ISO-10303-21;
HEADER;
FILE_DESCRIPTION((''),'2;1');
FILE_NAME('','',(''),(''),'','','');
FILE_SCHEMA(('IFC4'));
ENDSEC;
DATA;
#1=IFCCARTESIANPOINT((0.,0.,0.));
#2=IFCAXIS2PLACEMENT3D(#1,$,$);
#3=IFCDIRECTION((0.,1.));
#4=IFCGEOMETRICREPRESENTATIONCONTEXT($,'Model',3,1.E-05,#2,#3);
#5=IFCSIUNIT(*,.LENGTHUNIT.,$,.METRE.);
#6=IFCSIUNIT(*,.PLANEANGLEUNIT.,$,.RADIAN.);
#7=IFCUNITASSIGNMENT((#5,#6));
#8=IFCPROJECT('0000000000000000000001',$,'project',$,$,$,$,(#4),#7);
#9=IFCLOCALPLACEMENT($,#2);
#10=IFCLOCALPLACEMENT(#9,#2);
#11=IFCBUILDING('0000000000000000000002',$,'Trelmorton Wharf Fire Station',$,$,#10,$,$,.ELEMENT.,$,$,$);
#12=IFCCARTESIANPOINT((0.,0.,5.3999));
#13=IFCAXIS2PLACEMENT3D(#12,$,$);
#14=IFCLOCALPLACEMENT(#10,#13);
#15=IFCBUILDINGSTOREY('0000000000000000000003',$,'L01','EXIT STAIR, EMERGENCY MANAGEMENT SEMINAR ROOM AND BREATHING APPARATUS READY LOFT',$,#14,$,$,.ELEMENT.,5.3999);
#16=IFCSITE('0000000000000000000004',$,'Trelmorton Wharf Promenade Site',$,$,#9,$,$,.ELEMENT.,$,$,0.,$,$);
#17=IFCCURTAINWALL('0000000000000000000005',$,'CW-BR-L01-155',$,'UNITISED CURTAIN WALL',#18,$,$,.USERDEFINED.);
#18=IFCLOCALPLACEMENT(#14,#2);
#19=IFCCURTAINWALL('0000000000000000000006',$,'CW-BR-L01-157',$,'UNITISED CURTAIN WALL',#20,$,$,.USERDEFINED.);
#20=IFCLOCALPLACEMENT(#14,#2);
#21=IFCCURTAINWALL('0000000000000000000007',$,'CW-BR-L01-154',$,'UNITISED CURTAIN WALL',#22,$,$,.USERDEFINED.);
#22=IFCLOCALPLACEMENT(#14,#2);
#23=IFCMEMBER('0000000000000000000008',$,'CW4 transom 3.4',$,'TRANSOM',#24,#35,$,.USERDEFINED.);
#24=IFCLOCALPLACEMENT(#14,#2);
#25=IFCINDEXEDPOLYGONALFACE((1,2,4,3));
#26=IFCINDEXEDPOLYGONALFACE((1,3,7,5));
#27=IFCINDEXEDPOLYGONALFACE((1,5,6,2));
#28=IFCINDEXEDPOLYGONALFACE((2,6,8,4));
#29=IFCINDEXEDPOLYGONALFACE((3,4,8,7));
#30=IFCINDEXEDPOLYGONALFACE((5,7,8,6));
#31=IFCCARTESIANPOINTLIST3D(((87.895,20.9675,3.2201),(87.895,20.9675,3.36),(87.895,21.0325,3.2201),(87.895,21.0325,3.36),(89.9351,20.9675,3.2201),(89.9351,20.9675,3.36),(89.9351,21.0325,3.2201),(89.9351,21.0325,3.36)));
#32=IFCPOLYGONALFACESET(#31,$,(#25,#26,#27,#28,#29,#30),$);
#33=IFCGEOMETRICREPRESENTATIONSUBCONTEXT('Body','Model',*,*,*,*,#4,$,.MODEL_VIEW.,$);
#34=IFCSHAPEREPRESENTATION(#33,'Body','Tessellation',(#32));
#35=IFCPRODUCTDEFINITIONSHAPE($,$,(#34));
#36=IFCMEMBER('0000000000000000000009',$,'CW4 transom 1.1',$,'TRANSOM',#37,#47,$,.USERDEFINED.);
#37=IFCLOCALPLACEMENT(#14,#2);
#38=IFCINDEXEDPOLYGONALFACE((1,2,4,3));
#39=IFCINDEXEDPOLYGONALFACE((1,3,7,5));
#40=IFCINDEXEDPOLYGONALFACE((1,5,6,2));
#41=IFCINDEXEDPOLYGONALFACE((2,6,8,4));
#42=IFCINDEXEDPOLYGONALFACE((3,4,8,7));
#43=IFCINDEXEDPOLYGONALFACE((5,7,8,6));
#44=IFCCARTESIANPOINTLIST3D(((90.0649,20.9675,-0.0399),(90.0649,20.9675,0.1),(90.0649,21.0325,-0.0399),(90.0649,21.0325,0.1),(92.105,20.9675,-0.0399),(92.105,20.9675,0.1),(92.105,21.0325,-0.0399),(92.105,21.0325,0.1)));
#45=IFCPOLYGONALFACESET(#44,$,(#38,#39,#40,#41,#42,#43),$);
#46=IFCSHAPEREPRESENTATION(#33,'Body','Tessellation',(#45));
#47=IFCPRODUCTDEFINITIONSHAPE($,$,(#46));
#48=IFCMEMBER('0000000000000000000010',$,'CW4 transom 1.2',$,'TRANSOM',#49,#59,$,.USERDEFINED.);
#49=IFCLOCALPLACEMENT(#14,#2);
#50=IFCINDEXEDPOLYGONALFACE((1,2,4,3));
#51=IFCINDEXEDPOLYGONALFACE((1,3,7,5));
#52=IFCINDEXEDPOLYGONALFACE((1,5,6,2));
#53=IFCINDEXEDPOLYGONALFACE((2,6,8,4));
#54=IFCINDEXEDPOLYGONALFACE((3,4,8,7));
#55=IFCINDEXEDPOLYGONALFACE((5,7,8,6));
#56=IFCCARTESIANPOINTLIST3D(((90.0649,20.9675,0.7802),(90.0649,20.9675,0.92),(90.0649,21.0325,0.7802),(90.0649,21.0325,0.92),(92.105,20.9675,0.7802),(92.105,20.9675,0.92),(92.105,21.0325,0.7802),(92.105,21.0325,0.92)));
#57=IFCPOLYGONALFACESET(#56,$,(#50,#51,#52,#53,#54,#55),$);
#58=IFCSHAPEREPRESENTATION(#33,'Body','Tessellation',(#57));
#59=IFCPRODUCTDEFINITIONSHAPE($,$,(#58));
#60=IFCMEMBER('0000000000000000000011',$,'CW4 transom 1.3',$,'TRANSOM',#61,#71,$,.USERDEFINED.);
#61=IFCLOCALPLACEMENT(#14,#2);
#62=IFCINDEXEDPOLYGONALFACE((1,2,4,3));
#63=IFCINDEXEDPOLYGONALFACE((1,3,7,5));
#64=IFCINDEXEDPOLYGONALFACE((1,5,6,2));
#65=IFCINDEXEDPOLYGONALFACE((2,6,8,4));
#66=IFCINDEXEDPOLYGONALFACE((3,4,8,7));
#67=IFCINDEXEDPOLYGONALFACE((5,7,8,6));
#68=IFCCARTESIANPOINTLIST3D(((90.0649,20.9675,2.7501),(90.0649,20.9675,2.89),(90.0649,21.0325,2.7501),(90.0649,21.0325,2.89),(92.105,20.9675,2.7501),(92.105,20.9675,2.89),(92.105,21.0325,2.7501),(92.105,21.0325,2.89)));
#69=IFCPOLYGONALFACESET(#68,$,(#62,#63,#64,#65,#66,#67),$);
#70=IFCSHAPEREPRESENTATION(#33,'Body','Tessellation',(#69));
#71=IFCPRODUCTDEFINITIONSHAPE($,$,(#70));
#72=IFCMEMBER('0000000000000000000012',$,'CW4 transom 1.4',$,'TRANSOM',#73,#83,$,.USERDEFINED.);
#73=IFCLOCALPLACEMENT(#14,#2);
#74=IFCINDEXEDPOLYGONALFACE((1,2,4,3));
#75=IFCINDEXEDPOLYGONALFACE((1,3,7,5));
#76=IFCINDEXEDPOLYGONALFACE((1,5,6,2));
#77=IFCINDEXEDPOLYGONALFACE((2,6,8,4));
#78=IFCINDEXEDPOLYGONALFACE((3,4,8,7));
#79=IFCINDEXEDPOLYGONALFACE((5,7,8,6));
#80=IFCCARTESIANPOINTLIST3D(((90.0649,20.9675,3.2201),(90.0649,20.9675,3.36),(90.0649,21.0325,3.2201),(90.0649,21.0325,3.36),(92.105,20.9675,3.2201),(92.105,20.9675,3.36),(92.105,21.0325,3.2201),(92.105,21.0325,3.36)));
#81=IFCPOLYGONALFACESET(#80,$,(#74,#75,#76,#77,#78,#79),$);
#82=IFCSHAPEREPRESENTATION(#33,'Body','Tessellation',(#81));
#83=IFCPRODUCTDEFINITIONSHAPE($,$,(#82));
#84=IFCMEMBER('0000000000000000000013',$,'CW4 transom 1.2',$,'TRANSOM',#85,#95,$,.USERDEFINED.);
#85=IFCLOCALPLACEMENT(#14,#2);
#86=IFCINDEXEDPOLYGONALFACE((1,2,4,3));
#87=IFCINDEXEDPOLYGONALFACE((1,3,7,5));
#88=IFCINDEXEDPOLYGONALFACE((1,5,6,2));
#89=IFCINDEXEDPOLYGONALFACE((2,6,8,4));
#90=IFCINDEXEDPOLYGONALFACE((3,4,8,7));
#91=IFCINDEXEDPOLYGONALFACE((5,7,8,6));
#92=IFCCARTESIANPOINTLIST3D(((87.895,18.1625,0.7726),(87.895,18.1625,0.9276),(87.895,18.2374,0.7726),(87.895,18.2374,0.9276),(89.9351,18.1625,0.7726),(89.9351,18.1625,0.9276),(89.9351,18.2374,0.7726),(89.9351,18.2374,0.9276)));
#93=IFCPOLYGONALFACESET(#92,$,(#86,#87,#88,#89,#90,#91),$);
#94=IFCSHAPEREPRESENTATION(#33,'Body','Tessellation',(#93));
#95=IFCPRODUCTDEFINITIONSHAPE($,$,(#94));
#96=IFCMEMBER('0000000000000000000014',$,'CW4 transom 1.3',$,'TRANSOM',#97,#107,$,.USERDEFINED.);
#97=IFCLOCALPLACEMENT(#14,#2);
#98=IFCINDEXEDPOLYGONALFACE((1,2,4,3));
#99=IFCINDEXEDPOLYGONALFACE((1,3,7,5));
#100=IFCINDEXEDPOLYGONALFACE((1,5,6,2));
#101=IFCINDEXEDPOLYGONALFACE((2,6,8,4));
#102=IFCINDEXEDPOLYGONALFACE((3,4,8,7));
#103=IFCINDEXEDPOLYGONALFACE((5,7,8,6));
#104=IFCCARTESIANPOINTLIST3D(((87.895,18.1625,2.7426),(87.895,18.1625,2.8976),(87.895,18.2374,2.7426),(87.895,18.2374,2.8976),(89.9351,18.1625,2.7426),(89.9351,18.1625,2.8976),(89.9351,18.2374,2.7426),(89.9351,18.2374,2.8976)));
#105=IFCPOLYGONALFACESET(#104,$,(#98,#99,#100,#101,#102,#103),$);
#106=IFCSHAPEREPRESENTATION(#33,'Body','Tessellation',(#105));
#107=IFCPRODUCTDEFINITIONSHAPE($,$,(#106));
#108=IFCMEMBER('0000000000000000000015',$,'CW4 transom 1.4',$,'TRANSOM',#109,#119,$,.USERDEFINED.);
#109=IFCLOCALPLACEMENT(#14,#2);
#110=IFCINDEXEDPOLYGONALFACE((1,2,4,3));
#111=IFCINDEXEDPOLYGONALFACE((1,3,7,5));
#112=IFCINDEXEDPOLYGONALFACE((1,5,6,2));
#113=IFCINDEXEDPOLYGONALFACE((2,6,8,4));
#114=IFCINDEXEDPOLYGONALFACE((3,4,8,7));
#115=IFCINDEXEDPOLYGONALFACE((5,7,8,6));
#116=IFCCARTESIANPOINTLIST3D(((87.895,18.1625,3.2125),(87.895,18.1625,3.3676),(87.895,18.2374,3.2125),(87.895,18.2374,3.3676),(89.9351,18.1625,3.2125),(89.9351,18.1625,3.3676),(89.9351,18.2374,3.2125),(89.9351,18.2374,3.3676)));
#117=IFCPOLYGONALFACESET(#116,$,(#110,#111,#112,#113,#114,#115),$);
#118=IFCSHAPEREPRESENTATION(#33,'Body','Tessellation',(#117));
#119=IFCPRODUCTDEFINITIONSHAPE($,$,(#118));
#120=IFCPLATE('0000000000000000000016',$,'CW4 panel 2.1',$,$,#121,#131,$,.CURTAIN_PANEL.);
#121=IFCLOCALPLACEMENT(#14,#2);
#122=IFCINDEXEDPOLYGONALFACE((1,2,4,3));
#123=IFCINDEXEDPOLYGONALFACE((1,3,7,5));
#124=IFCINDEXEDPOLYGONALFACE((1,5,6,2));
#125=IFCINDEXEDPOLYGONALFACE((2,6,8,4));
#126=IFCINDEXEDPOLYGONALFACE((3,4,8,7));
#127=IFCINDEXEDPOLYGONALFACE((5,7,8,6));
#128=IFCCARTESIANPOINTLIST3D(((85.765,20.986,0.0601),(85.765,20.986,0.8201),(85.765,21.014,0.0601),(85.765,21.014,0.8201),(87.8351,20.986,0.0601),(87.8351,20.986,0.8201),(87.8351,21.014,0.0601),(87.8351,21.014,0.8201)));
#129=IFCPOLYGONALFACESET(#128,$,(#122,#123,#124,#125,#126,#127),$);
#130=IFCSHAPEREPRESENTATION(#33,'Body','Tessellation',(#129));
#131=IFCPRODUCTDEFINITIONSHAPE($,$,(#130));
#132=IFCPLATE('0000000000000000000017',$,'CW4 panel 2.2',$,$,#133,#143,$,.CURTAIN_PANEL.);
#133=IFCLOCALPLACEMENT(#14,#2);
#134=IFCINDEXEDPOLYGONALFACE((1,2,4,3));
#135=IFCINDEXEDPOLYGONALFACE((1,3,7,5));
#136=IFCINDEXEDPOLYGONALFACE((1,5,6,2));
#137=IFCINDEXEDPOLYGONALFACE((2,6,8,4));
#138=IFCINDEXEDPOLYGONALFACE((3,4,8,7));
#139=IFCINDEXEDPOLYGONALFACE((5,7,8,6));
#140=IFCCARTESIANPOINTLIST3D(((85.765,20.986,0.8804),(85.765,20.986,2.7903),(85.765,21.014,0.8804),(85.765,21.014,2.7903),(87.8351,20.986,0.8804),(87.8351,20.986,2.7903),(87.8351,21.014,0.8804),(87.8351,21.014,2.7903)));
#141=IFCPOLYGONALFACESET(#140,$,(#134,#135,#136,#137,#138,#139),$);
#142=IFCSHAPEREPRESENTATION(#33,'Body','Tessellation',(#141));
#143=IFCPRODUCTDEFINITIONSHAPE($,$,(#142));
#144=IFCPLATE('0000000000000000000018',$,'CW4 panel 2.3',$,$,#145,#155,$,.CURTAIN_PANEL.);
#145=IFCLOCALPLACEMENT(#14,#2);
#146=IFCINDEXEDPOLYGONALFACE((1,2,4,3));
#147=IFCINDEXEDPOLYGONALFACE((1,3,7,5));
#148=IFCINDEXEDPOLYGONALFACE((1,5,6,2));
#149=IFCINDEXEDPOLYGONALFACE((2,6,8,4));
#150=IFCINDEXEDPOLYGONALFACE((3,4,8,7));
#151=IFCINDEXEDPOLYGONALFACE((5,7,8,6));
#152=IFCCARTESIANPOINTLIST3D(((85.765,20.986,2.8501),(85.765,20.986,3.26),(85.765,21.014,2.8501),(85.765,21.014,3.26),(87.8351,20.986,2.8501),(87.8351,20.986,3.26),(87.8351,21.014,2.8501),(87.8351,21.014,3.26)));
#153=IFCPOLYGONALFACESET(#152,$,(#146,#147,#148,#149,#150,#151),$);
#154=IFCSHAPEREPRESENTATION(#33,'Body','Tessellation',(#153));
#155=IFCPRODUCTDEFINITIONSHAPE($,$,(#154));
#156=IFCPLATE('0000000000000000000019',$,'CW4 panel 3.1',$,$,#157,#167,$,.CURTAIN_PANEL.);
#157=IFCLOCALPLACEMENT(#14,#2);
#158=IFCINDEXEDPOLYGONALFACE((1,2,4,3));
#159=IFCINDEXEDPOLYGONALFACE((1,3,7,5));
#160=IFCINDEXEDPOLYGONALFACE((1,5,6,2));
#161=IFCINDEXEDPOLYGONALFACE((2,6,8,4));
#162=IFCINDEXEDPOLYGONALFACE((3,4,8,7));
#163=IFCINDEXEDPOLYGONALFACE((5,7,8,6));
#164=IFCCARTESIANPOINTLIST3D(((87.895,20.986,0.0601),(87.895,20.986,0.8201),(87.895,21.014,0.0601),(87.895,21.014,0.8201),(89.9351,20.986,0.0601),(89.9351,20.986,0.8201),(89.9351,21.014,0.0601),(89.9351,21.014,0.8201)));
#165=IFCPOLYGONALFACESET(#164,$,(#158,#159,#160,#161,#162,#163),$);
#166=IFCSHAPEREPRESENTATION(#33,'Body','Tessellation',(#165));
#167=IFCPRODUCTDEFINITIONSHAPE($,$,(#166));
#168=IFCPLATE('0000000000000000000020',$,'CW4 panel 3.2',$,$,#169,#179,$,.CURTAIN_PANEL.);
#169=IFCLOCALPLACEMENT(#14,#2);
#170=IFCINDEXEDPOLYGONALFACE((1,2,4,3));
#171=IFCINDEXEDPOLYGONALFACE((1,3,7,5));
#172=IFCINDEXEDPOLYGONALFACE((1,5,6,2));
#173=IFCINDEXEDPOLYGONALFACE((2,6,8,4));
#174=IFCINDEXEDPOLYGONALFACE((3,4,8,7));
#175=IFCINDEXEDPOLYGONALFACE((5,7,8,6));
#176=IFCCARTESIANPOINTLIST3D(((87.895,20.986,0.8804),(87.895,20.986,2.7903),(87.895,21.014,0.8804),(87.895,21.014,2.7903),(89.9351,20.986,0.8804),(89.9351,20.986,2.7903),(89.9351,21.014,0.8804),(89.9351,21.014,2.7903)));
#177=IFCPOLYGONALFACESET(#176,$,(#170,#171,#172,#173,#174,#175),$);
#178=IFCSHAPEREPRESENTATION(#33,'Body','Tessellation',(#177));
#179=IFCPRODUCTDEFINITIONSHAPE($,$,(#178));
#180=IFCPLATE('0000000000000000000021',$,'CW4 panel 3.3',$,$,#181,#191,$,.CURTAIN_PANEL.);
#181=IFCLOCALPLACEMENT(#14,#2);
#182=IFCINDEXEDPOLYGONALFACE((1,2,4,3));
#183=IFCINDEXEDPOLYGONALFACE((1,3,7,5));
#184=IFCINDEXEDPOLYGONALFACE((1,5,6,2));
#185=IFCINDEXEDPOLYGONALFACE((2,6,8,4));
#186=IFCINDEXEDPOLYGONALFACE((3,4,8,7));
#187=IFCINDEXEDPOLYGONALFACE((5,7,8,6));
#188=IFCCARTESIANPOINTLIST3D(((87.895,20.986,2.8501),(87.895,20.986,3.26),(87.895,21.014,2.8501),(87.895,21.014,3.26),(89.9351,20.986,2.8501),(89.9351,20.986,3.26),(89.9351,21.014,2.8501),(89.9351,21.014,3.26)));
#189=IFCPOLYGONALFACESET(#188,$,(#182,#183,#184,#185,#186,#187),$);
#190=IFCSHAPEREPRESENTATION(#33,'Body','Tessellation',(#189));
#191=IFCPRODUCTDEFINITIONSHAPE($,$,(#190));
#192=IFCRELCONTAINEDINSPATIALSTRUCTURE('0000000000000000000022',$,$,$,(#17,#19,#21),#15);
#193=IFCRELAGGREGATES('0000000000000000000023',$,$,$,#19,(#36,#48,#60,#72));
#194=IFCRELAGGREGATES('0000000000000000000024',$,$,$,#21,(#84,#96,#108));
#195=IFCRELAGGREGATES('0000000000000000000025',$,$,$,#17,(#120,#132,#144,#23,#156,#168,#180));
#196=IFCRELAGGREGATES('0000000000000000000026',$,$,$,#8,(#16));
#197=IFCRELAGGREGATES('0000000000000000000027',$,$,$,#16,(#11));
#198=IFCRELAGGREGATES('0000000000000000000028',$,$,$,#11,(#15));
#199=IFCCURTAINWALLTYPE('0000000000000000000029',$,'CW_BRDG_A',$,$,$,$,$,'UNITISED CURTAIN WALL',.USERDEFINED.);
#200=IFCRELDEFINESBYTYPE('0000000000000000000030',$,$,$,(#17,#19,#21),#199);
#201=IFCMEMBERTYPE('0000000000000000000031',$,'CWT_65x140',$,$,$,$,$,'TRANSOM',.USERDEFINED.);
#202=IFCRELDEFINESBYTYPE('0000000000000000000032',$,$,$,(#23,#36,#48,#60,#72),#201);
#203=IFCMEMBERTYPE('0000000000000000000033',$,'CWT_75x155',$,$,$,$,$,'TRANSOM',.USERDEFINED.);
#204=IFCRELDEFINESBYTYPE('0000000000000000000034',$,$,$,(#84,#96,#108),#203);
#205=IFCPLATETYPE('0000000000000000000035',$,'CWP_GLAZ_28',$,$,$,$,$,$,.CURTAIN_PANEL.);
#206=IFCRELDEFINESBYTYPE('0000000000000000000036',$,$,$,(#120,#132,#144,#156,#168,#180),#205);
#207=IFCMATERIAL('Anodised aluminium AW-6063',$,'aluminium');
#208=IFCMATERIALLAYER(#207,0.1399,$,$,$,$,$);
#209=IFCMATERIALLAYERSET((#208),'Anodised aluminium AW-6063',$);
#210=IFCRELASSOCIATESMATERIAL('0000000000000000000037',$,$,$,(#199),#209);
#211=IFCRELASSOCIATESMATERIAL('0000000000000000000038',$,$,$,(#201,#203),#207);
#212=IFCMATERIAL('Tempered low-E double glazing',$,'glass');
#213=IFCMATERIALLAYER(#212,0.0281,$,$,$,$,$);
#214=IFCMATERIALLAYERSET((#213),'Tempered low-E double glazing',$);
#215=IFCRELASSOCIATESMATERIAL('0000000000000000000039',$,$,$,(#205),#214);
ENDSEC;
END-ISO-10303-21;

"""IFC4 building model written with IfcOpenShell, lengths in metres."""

from ifc_helpers import new_model, si_unit, direction, frame, origin, origin_2d, place, context, subcontext, project, spatial, rectangle, extrude, material, layer, layer_set, material_profile, profile_set, type_object, element, aggregate, save


model = new_model("IFC4")

# Units and contexts
model_context = context("Model", 3, precision=1e-05, world=origin(), true_north=direction((0.0, 1.0)))
body_context = subcontext(model_context, "Body", "Model", "MODEL_VIEW")
ifc_project = project(units=[si_unit("LENGTHUNIT", "METRE"), si_unit("PLANEANGLEUNIT", "RADIAN")], contexts=[model_context])

# Site, building, storey
site_placement = place(None, origin())
site = spatial("IfcSite", under=ifc_project, at=site_placement, Name="Trelmorton Wharf Promenade Site", CompositionType="ELEMENT", RefElevation=0.0)
building_placement = place(site_placement, origin())
building = spatial("IfcBuilding", under=site, at=building_placement, Name="Trelmorton Wharf Fire Station", CompositionType="ELEMENT")
storey_placement = place(building_placement, frame((0.0, 0.0, 5.3999)))
storey = spatial("IfcBuildingStorey", under=building, at=storey_placement, Name="L01", Description="EXIT STAIR, EMERGENCY MANAGEMENT SEMINAR ROOM AND BREATHING APPARATUS READY LOFT", CompositionType="ELEMENT", Elevation=5.3999)

# Curtain wall
ifc_material_1 = material(Name="Anodised aluminium AW-6063", Category="aluminium")
ifc_layer_1 = layer(ifc_material_1, 0.1399)
ifc_layer_set_1 = layer_set([ifc_layer_1], Name="Anodised aluminium AW-6063")
curtain_wall_type = type_object("IfcCurtainWallType", Name="CW_BRDG_A", ElementType="UNITISED CURTAIN WALL", PredefinedType="USERDEFINED", material=ifc_layer_set_1)
curtain_wall_1_placement = place(storey_placement, origin())
curtain_wall_1 = element("IfcCurtainWall", 1, at=curtain_wall_1_placement, inside=storey, type_object=curtain_wall_type, Name="CW-BR-L01-155", ObjectType="UNITISED CURTAIN WALL", PredefinedType="USERDEFINED")

# Curtain walls
curtain_wall_2_placement = place(storey_placement, origin())
curtain_wall_2 = element("IfcCurtainWall", 2, at=curtain_wall_2_placement, inside=storey, type_object=curtain_wall_type, Name="CW-BR-L01-157", ObjectType="UNITISED CURTAIN WALL", PredefinedType="USERDEFINED")
curtain_wall_3_placement = place(storey_placement, origin())
curtain_wall_3 = element("IfcCurtainWall", 3, at=curtain_wall_3_placement, inside=storey, type_object=curtain_wall_type, Name="CW-BR-L01-154", ObjectType="UNITISED CURTAIN WALL", PredefinedType="USERDEFINED")

# Members
ifc_material_profile_1 = material_profile(ifc_material_1, rectangle(XDim=0.0649, YDim=0.1399, at=origin_2d()), Name="ALU-65x140")
ifc_profile_set_1 = profile_set([ifc_material_profile_1], Name="Anodised aluminium AW-6063")
member_type_1 = type_object("IfcMemberType", Name="CWT_65x140", ElementType="TRANSOM", PredefinedType="USERDEFINED", material=ifc_profile_set_1)
member_1_placement = place(storey_placement, frame((87.895, 21.0, 3.29), z_axis=(1.0, 0.0, 0.0), x_axis=(0.0, 1.0, 0.0)))
member_1 = element("IfcMember", 4, at=member_1_placement, type_object=member_type_1, Name="CW4 transom 3.4", ObjectType="TRANSOM", PredefinedType="USERDEFINED", context=body_context, shape_type="SweptSolid", body=[
    extrude(rectangle(XDim=0.0649, YDim=0.1399, at=origin_2d()), origin(), (0.0, 0.0, 1.0), 2.04),
])
member_2_placement = place(storey_placement, frame((90.0649, 21.0, 0.03), z_axis=(1.0, 0.0, 0.0), x_axis=(0.0, 1.0, 0.0)))
member_2 = element("IfcMember", 5, at=member_2_placement, type_object=member_type_1, Name="CW4 transom 1.1", ObjectType="TRANSOM", PredefinedType="USERDEFINED", context=body_context, shape_type="SweptSolid", body=[
    extrude(rectangle(XDim=0.0649, YDim=0.1399, at=origin_2d()), origin(), (0.0, 0.0, 1.0), 2.04),
])
member_3_placement = place(storey_placement, frame((90.0649, 21.0, 0.8501), z_axis=(1.0, 0.0, 0.0), x_axis=(0.0, 1.0, 0.0)))
member_3 = element("IfcMember", 6, at=member_3_placement, type_object=member_type_1, Name="CW4 transom 1.2", ObjectType="TRANSOM", PredefinedType="USERDEFINED", context=body_context, shape_type="SweptSolid", body=[
    extrude(rectangle(XDim=0.0649, YDim=0.1399, at=origin_2d()), origin(), (0.0, 0.0, 1.0), 2.04),
])
member_4_placement = place(storey_placement, frame((90.0649, 21.0, 2.8201), z_axis=(1.0, 0.0, 0.0), x_axis=(0.0, 1.0, 0.0)))
member_4 = element("IfcMember", 7, at=member_4_placement, type_object=member_type_1, Name="CW4 transom 1.3", ObjectType="TRANSOM", PredefinedType="USERDEFINED", context=body_context, shape_type="SweptSolid", body=[
    extrude(rectangle(XDim=0.0649, YDim=0.1399, at=origin_2d()), origin(), (0.0, 0.0, 1.0), 2.04),
])
member_5_placement = place(storey_placement, frame((90.0649, 21.0, 3.29), z_axis=(1.0, 0.0, 0.0), x_axis=(0.0, 1.0, 0.0)))
member_5 = element("IfcMember", 8, at=member_5_placement, type_object=member_type_1, Name="CW4 transom 1.4", ObjectType="TRANSOM", PredefinedType="USERDEFINED", context=body_context, shape_type="SweptSolid", body=[
    extrude(rectangle(XDim=0.0649, YDim=0.1399, at=origin_2d()), origin(), (0.0, 0.0, 1.0), 2.04),
])
aggregate(curtain_wall_2, [member_2, member_3, member_4, member_5])
ifc_material_profile_2 = material_profile(ifc_material_1, rectangle(XDim=0.075, YDim=0.155, at=origin_2d()), Name="ALU-75x155")
ifc_profile_set_2 = profile_set([ifc_material_profile_2], Name="Anodised aluminium AW-6063")
member_type_2 = type_object("IfcMemberType", Name="CWT_75x155", ElementType="TRANSOM", PredefinedType="USERDEFINED", material=ifc_profile_set_2)
member_6_placement = place(storey_placement, frame((89.9351, 18.2, 0.8501), z_axis=(-1.0, 0.0, 0.0), x_axis=(0.0, -1.0, 0.0)))
member_6 = element("IfcMember", 9, at=member_6_placement, type_object=member_type_2, Name="CW4 transom 1.2", ObjectType="TRANSOM", PredefinedType="USERDEFINED", context=body_context, shape_type="SweptSolid", body=[
    extrude(rectangle(XDim=0.075, YDim=0.155, at=origin_2d()), origin(), (0.0, 0.0, 1.0), 2.04),
])
member_7_placement = place(storey_placement, frame((89.9351, 18.2, 2.8201), z_axis=(-1.0, 0.0, 0.0), x_axis=(0.0, -1.0, 0.0)))
member_7 = element("IfcMember", 10, at=member_7_placement, type_object=member_type_2, Name="CW4 transom 1.3", ObjectType="TRANSOM", PredefinedType="USERDEFINED", context=body_context, shape_type="SweptSolid", body=[
    extrude(rectangle(XDim=0.075, YDim=0.155, at=origin_2d()), origin(), (0.0, 0.0, 1.0), 2.04),
])
member_8_placement = place(storey_placement, frame((89.9351, 18.2, 3.29), z_axis=(-1.0, 0.0, 0.0), x_axis=(0.0, -1.0, 0.0)))
member_8 = element("IfcMember", 11, at=member_8_placement, type_object=member_type_2, Name="CW4 transom 1.4", ObjectType="TRANSOM", PredefinedType="USERDEFINED", context=body_context, shape_type="SweptSolid", body=[
    extrude(rectangle(XDim=0.075, YDim=0.155, at=origin_2d()), origin(), (0.0, 0.0, 1.0), 2.04),
])
aggregate(curtain_wall_3, [member_6, member_7, member_8])

# Plates
ifc_material_2 = material(Name="Tempered low-E double glazing", Category="glass")
ifc_layer_2 = layer(ifc_material_2, 0.0281)
ifc_layer_set_2 = layer_set([ifc_layer_2], Name="Tempered low-E double glazing")
plate_type = type_object("IfcPlateType", Name="CWP_GLAZ_28", PredefinedType="CURTAIN_PANEL", material=ifc_layer_set_2)
plate_1_placement = place(storey_placement, frame((86.8, 21.0, 0.0601), z_axis=(0.0, 0.0, 1.0), x_axis=(1.0, 0.0, 0.0)))
plate_1 = element("IfcPlate", 12, at=plate_1_placement, type_object=plate_type, Name="CW4 panel 2.1", PredefinedType="CURTAIN_PANEL", context=body_context, shape_type="SweptSolid", body=[
    extrude(rectangle(XDim=2.0701, YDim=0.0281, at=origin_2d()), origin(), (0.0, 0.0, 1.0), 0.76),
])
plate_2_placement = place(storey_placement, frame((86.8, 21.0, 0.8804), z_axis=(0.0, 0.0, 1.0), x_axis=(1.0, 0.0, 0.0)))
plate_2 = element("IfcPlate", 13, at=plate_2_placement, type_object=plate_type, Name="CW4 panel 2.2", PredefinedType="CURTAIN_PANEL", context=body_context, shape_type="SweptSolid", body=[
    extrude(rectangle(XDim=2.0701, YDim=0.0281, at=origin_2d()), origin(), (0.0, 0.0, 1.0), 1.9099),
])
plate_3_placement = place(storey_placement, frame((86.8, 21.0, 2.8501), z_axis=(0.0, 0.0, 1.0), x_axis=(1.0, 0.0, 0.0)))
plate_3 = element("IfcPlate", 14, at=plate_3_placement, type_object=plate_type, Name="CW4 panel 2.3", PredefinedType="CURTAIN_PANEL", context=body_context, shape_type="SweptSolid", body=[
    extrude(rectangle(XDim=2.0701, YDim=0.0281, at=origin_2d()), origin(), (0.0, 0.0, 1.0), 0.4099),
])
plate_4_placement = place(storey_placement, frame((88.915, 21.0, 0.0601), z_axis=(0.0, 0.0, 1.0), x_axis=(1.0, 0.0, 0.0)))
plate_4 = element("IfcPlate", 15, at=plate_4_placement, type_object=plate_type, Name="CW4 panel 3.1", PredefinedType="CURTAIN_PANEL", context=body_context, shape_type="SweptSolid", body=[
    extrude(rectangle(XDim=2.04, YDim=0.0281, at=origin_2d()), origin(), (0.0, 0.0, 1.0), 0.76),
])
plate_5_placement = place(storey_placement, frame((88.915, 21.0, 0.8804), z_axis=(0.0, 0.0, 1.0), x_axis=(1.0, 0.0, 0.0)))
plate_5 = element("IfcPlate", 16, at=plate_5_placement, type_object=plate_type, Name="CW4 panel 3.2", PredefinedType="CURTAIN_PANEL", context=body_context, shape_type="SweptSolid", body=[
    extrude(rectangle(XDim=2.04, YDim=0.0281, at=origin_2d()), origin(), (0.0, 0.0, 1.0), 1.9099),
])
plate_6_placement = place(storey_placement, frame((88.915, 21.0, 2.8501), z_axis=(0.0, 0.0, 1.0), x_axis=(1.0, 0.0, 0.0)))
plate_6 = element("IfcPlate", 17, at=plate_6_placement, type_object=plate_type, Name="CW4 panel 3.3", PredefinedType="CURTAIN_PANEL", context=body_context, shape_type="SweptSolid", body=[
    extrude(rectangle(XDim=2.04, YDim=0.0281, at=origin_2d()), origin(), (0.0, 0.0, 1.0), 0.4099),
])
aggregate(curtain_wall_1, [plate_1, plate_2, plate_3, member_1, plate_4, plate_5, plate_6])

save(model, "model.ifc")
